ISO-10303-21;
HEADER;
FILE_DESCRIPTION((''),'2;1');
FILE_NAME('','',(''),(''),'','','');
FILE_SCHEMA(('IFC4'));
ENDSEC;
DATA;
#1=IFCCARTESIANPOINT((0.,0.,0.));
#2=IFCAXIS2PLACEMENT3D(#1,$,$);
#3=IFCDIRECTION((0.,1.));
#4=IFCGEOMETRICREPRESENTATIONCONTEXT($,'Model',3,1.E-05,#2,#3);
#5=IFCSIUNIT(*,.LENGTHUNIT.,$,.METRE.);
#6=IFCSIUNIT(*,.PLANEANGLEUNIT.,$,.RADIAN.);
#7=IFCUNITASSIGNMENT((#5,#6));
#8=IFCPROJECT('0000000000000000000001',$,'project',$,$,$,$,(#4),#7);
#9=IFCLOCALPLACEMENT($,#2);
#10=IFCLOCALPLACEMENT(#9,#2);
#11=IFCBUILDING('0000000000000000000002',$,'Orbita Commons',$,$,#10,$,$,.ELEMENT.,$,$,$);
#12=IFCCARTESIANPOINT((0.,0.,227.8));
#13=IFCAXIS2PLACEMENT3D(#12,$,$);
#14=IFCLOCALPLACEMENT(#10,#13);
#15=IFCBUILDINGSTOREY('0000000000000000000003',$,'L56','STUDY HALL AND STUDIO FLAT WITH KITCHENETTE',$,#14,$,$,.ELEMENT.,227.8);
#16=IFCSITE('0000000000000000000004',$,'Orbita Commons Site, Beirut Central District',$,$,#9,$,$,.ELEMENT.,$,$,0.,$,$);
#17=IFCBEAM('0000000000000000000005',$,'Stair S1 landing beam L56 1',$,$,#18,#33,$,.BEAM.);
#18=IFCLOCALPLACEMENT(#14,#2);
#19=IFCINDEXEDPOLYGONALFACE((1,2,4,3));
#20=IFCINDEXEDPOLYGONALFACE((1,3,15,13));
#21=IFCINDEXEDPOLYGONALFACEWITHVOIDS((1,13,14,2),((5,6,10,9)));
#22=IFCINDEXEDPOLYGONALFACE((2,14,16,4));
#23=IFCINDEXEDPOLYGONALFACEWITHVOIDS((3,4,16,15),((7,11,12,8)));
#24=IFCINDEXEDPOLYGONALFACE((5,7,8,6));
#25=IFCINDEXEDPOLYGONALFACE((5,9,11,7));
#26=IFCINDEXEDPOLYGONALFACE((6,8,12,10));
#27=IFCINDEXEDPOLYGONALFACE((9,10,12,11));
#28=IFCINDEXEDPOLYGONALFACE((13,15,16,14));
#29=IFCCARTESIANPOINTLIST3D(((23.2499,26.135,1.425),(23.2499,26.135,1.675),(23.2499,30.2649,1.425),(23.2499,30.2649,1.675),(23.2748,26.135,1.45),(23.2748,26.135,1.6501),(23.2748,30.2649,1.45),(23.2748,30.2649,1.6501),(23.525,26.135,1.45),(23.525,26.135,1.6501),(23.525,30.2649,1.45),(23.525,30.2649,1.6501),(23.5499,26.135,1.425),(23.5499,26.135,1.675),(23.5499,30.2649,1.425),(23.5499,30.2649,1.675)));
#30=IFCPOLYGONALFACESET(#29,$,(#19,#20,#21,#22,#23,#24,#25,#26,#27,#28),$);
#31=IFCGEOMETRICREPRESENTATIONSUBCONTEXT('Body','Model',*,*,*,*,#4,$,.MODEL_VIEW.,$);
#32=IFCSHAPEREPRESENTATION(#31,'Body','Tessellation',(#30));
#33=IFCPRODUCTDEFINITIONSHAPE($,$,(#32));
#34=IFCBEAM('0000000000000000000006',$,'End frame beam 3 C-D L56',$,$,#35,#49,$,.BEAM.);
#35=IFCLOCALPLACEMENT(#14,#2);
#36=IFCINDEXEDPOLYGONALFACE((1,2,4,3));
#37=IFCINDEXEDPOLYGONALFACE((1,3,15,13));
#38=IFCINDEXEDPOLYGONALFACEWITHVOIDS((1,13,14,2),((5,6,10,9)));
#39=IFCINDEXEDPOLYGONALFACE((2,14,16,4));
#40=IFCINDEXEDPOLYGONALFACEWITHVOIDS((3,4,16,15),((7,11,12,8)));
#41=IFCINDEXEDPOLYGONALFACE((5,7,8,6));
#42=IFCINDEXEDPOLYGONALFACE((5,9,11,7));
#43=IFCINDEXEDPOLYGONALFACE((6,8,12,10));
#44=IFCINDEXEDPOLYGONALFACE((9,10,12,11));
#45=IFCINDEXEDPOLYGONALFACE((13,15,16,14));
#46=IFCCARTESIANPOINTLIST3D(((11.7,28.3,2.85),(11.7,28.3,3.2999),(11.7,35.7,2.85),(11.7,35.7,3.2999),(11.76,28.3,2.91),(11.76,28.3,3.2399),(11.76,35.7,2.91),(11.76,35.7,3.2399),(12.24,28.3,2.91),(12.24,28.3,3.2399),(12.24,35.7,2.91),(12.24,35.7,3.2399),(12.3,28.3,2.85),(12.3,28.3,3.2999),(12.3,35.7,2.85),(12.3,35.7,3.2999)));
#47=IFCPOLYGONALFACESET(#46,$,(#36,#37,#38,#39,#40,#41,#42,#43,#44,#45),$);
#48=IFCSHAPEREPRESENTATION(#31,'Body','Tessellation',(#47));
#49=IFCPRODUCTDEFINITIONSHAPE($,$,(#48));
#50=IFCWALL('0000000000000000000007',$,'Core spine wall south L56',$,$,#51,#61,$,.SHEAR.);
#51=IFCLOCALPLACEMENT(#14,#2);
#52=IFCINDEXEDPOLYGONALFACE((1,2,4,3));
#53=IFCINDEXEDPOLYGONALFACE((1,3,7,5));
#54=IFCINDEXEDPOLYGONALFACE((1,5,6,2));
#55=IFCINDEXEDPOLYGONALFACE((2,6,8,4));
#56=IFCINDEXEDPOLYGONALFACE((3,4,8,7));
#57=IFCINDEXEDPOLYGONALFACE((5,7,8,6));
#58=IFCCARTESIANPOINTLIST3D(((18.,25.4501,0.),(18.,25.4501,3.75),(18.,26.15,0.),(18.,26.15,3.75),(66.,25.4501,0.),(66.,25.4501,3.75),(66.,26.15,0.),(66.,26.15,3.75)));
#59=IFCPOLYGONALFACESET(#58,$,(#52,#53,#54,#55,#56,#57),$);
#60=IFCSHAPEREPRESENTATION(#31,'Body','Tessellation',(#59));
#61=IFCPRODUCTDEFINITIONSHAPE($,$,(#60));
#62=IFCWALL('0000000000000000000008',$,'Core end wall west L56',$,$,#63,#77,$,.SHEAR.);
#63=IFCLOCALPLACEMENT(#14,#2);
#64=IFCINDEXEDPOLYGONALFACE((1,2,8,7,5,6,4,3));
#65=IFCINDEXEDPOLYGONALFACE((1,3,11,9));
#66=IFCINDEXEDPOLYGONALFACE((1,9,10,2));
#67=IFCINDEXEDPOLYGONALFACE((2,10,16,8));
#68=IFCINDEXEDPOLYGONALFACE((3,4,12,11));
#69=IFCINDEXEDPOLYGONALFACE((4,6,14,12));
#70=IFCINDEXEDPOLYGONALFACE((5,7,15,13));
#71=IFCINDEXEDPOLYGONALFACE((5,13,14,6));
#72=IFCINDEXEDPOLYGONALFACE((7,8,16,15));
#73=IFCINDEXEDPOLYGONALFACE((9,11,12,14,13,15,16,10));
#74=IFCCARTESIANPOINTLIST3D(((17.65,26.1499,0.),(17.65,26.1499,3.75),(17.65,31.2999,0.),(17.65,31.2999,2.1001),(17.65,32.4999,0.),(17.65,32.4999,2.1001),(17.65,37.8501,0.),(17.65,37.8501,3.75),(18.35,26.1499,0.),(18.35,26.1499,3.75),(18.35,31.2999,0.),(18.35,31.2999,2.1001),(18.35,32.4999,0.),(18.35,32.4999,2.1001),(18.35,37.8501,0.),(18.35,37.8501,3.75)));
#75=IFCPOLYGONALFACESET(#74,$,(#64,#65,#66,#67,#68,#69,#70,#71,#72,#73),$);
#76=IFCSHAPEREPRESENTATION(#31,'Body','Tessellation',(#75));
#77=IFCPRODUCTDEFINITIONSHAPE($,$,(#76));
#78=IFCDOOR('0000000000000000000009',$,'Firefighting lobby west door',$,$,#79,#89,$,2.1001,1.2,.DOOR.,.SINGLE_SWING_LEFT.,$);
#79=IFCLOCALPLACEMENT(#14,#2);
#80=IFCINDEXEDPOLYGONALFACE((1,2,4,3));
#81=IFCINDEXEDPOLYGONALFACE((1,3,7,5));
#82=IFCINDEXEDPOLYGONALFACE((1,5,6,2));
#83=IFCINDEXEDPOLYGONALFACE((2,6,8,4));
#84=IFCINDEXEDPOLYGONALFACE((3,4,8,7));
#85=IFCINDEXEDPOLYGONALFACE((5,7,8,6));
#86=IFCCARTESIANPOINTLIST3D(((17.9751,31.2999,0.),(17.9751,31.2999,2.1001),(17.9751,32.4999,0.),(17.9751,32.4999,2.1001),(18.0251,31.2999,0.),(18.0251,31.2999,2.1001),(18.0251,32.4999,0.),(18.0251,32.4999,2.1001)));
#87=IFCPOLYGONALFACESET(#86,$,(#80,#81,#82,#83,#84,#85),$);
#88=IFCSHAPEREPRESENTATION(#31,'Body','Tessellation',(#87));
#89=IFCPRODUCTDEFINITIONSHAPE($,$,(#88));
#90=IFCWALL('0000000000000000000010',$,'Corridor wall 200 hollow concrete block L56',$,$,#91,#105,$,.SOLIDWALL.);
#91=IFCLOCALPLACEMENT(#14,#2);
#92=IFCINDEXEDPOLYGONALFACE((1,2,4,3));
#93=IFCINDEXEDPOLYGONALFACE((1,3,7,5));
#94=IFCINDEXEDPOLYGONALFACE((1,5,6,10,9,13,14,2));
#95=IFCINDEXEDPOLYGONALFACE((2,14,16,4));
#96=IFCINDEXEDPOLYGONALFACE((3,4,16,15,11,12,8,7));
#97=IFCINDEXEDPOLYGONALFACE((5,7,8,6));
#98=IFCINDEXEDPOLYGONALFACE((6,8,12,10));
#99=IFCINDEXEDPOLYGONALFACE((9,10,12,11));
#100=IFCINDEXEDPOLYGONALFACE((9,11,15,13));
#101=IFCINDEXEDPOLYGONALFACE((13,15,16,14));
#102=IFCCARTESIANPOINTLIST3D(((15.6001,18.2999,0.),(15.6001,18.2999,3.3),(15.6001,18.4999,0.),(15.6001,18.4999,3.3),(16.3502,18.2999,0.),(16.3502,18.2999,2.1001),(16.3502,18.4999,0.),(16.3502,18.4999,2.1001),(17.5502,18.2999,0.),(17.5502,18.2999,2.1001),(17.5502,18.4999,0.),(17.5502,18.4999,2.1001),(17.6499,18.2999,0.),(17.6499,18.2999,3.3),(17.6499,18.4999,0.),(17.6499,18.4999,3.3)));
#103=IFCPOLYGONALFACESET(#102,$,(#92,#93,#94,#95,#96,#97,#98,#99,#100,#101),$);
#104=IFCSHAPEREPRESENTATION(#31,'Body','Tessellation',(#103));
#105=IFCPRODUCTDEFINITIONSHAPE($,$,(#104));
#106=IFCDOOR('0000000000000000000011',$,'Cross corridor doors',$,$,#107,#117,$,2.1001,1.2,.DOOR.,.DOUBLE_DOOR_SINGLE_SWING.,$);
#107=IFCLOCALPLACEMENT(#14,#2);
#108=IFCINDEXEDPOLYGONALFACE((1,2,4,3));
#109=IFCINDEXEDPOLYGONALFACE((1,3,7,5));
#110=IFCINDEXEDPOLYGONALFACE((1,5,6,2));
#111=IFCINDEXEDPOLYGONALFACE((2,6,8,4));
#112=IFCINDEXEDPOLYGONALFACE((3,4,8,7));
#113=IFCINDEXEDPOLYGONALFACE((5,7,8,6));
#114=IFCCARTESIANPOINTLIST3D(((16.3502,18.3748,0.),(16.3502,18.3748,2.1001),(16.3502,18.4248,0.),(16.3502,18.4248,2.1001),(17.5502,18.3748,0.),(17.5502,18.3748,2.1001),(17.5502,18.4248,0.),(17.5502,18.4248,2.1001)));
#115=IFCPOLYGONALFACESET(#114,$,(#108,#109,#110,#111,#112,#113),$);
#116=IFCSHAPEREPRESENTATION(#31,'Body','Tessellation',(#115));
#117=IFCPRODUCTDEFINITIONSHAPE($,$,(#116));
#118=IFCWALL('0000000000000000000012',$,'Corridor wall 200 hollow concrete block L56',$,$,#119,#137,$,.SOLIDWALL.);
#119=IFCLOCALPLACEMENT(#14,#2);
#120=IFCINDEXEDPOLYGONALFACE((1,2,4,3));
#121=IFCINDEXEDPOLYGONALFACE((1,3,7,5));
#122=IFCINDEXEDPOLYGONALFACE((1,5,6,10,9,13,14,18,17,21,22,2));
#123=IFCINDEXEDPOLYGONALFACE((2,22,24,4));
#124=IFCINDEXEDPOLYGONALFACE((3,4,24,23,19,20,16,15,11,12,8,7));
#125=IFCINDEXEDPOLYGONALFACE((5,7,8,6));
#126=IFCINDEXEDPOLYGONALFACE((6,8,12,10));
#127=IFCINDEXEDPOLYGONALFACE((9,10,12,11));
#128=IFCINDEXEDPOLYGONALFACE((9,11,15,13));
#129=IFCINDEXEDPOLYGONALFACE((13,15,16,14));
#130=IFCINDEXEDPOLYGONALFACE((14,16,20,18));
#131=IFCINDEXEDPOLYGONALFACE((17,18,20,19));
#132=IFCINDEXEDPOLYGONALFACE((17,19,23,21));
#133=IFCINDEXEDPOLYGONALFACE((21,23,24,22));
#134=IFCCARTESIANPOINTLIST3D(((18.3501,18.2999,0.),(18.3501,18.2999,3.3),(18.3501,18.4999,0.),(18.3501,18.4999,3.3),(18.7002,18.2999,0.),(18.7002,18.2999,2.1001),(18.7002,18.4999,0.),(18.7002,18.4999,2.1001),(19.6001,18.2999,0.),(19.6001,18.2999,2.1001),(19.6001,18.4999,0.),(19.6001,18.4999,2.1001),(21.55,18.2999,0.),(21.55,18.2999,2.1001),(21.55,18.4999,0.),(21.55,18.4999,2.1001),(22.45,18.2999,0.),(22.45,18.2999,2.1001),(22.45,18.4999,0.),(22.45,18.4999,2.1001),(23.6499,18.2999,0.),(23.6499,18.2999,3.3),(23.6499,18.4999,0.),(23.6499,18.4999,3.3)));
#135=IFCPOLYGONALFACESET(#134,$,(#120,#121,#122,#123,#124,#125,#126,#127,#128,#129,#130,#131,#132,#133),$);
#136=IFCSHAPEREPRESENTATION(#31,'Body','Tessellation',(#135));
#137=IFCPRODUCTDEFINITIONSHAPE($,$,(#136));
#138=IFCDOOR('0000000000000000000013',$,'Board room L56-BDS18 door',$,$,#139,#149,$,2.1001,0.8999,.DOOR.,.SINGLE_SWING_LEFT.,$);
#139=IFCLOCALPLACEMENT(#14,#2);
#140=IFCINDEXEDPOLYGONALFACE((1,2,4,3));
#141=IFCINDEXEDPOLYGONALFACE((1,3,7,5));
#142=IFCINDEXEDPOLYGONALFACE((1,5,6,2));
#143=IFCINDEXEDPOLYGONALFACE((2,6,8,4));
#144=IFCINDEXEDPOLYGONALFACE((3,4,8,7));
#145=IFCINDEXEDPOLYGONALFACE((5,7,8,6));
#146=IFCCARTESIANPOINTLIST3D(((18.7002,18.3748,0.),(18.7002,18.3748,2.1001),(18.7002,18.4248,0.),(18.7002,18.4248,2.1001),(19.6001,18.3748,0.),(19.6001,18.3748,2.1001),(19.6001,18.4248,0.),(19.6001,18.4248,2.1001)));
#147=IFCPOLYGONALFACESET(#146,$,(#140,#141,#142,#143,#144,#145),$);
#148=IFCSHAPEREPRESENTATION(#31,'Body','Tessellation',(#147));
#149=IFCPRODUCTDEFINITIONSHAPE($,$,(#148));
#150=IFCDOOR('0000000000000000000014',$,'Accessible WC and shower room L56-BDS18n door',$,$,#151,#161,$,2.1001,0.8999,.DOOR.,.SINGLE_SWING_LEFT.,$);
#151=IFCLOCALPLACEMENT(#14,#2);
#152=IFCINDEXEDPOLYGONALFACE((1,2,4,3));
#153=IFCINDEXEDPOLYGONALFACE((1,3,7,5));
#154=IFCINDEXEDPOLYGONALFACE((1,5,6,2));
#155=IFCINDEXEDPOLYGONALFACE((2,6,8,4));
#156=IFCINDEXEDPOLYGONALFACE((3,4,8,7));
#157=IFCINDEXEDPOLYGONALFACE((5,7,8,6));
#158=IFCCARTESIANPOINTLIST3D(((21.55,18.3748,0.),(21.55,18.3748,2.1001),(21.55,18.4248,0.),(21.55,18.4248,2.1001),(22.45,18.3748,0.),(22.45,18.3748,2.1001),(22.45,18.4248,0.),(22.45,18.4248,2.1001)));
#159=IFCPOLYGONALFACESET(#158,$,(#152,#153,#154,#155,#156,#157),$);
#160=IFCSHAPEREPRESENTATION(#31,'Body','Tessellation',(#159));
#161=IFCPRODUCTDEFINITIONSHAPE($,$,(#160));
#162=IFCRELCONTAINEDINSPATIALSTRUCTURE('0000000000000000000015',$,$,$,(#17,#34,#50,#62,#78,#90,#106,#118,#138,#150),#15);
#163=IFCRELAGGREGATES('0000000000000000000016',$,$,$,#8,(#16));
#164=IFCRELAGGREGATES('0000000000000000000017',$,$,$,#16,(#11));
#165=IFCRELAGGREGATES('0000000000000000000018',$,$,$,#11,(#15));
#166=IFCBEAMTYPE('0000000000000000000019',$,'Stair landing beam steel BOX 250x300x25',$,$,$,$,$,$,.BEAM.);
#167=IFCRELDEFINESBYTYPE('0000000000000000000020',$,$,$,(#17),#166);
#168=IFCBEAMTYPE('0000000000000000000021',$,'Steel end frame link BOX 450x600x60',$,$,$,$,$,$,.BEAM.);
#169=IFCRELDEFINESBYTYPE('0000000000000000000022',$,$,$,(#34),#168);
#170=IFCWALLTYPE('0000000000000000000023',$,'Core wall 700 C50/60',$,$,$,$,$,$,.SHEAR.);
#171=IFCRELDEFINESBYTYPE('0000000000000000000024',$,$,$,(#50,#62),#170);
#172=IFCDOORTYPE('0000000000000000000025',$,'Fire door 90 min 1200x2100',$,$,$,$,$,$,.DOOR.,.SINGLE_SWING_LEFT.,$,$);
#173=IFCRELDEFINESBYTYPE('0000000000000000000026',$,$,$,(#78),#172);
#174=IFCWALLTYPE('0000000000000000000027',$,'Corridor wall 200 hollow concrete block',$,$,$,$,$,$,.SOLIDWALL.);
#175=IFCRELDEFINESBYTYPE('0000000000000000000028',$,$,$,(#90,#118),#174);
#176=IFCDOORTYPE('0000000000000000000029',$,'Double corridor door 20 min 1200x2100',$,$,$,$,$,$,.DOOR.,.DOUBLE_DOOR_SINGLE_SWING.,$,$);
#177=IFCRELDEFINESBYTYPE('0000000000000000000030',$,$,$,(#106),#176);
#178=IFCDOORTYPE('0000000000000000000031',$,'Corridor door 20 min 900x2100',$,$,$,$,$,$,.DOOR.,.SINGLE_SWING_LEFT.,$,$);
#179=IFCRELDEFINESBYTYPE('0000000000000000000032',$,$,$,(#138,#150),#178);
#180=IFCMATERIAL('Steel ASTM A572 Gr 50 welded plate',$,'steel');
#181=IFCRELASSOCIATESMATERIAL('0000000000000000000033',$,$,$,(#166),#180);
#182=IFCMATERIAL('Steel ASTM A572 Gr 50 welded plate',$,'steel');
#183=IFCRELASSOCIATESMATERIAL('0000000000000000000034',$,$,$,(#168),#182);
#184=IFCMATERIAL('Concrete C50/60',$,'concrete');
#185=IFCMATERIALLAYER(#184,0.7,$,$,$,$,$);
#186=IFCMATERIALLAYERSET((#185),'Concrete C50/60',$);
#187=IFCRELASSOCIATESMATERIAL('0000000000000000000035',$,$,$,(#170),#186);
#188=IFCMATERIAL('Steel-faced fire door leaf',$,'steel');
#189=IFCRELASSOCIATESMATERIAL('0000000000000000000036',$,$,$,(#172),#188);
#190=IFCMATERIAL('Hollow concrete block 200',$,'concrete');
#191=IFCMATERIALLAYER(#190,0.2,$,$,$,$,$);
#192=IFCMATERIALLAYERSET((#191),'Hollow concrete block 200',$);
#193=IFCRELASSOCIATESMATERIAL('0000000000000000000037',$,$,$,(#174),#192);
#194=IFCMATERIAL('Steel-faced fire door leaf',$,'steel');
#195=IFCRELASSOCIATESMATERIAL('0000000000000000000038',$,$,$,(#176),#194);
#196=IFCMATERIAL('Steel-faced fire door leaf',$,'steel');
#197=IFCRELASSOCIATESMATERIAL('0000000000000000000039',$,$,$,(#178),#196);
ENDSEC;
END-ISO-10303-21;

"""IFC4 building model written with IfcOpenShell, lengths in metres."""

from ifc_helpers import new_model, si_unit, direction, frame, frame_2d, origin, origin_2d, place, context, subcontext, project, spatial, rectangle, hollow_rectangle, extrude, material, layer, layer_set, material_profile, profile_set, type_object, element, fill, save


model = new_model("IFC4")

# Units and contexts
model_context = context("Model", 3, precision=1e-05, world=origin(), true_north=direction((0.0, 1.0)))
body_context = subcontext(model_context, "Body", "Model", "MODEL_VIEW")
ifc_project = project(units=[si_unit("LENGTHUNIT", "METRE"), si_unit("PLANEANGLEUNIT", "RADIAN")], contexts=[model_context])

# Site, building, storey
site_placement = place(None, origin())
site = spatial("IfcSite", under=ifc_project, at=site_placement, Name="Orbita Commons Site, Beirut Central District", CompositionType="ELEMENT", RefElevation=0.0)
building_placement = place(site_placement, origin())
building = spatial("IfcBuilding", under=site, at=building_placement, Name="Orbita Commons", CompositionType="ELEMENT")
storey_placement = place(building_placement, frame((0.0, 0.0, 227.8)))
storey = spatial("IfcBuildingStorey", under=building, at=storey_placement, Name="L56", Description="STUDY HALL AND STUDIO FLAT WITH KITCHENETTE", CompositionType="ELEMENT", Elevation=227.8)

# Beams
ifc_material_1 = material(Name="Steel ASTM A572 Gr 50 welded plate", Category="steel")
ifc_material_profile_1 = material_profile(ifc_material_1, hollow_rectangle(XDim=0.3, YDim=0.25, WallThickness=0.0249, at=origin_2d()), Name="BOX 250x300x25")
ifc_profile_set_1 = profile_set([ifc_material_profile_1], Name="Steel ASTM A572 Gr 50 welded plate")
beam_type_1 = type_object("IfcBeamType", Name="Stair landing beam steel BOX 250x300x25", PredefinedType="BEAM", material=ifc_profile_set_1)
beam_1_placement = place(storey_placement, frame((23.3999, 26.135, 1.55), z_axis=(0.0, 1.0, 0.0), x_axis=(-1.0, 0.0, 0.0)))
element("IfcBeam", 1, at=beam_1_placement, inside=storey, type_object=beam_type_1, Name="Stair S1 landing beam L56 1", PredefinedType="BEAM", context=body_context, shape_type="SweptSolid", body=[
    extrude(hollow_rectangle(XDim=0.3, YDim=0.25, WallThickness=0.0249, at=origin_2d()), origin(), (0.0, 0.0, 1.0), 4.1299),
])
ifc_material_2 = material(Name="Steel ASTM A572 Gr 50 welded plate", Category="steel")
ifc_material_profile_2 = material_profile(ifc_material_2, hollow_rectangle(XDim=0.6001, YDim=0.45, WallThickness=0.0601, at=origin_2d()), Name="BOX 450x600x60")
ifc_profile_set_2 = profile_set([ifc_material_profile_2], Name="Steel ASTM A572 Gr 50 welded plate")
beam_type_2 = type_object("IfcBeamType", Name="Steel end frame link BOX 450x600x60", PredefinedType="BEAM", material=ifc_profile_set_2)
beam_2_placement = place(storey_placement, frame((12.0, 28.3, 3.075), z_axis=(0.0, 1.0, 0.0), x_axis=(-1.0, 0.0, 0.0)))
element("IfcBeam", 2, at=beam_2_placement, inside=storey, type_object=beam_type_2, Name="End frame beam 3 C-D L56", PredefinedType="BEAM", context=body_context, shape_type="SweptSolid", body=[
    extrude(hollow_rectangle(XDim=0.6001, YDim=0.45, WallThickness=0.0601, at=origin_2d()), origin(), (0.0, 0.0, 1.0), 7.3999),
])

# Wall
ifc_material_3 = material(Name="Concrete C50/60", Category="concrete")
ifc_layer_1 = layer(ifc_material_3, 0.7)
ifc_layer_set_1 = layer_set([ifc_layer_1], Name="Concrete C50/60")
wall_type_1 = type_object("IfcWallType", Name="Core wall 700 C50/60", PredefinedType="SHEAR", material=ifc_layer_set_1)
wall_1_placement = place(storey_placement, frame((18.0, 25.8, 0.0), z_axis=(0.0, 0.0, 1.0), x_axis=(1.0, 0.0, 0.0)))
element("IfcWall", 3, at=wall_1_placement, inside=storey, type_object=wall_type_1, Name="Core spine wall south L56", PredefinedType="SHEAR", context=body_context, shape_type="SweptSolid", body=[
    extrude(rectangle(XDim=48.0, YDim=0.7, at=frame_2d((24.0, 0.0))), origin(), (0.0, 0.0, 1.0), 3.75),
])

# Walls, openings, doors
wall_2_placement = place(storey_placement, frame((18.0, 26.1499, 0.0), z_axis=(0.0, 0.0, 1.0), x_axis=(0.0, 1.0, 0.0)))
wall_2 = element("IfcWall", 4, at=wall_2_placement, inside=storey, type_object=wall_type_1, Name="Core end wall west L56", PredefinedType="SHEAR", context=body_context, shape_type="SweptSolid", body=[
    extrude(rectangle(XDim=11.7002, YDim=0.7, at=frame_2d((5.8501, 0.0))), origin(), (0.0, 0.0, 1.0), 3.75),
])
opening_1_placement = place(wall_2_placement, frame((5.1499, 0.0, 0.0)))
opening_1 = element("IfcOpeningElement", 5, at=opening_1_placement, cuts=wall_2, PredefinedType="OPENING", context=body_context, shape_type="SweptSolid", body=[
    extrude(rectangle(XDim=1.2, YDim=2.1001, at=frame_2d((0.6001, 1.05))), frame((0.0, 0.3599, 0.0), z_axis=(0.0, -1.0, 0.0), x_axis=(1.0, 0.0, 0.0)), (0.0, 0.0, 1.0), 0.72),
])
ifc_material_4 = material(Name="Steel-faced fire door leaf", Category="steel")
door_type_1 = type_object("IfcDoorType", Name="Fire door 90 min 1200x2100", OperationType="SINGLE_SWING_LEFT", PredefinedType="DOOR", material=ifc_material_4)
door_1_placement = place(opening_1_placement, origin())
door_1 = element("IfcDoor", 6, at=door_1_placement, inside=storey, type_object=door_type_1, Name="Firefighting lobby west door", OperationType="SINGLE_SWING_LEFT", OverallHeight=2.1001, OverallWidth=1.2, PredefinedType="DOOR", context=body_context, shape_type="SweptSolid", body=[
    extrude(rectangle(XDim=1.2, YDim=2.1001, at=frame_2d((0.6001, 1.05))), frame((0.0, 0.0249, 0.0), z_axis=(0.0, -1.0, 0.0), x_axis=(1.0, 0.0, 0.0)), (0.0, 0.0, 1.0), 0.05),
])
fill(opening_1, door_1)
ifc_material_5 = material(Name="Hollow concrete block 200", Category="concrete")
ifc_layer_2 = layer(ifc_material_5, 0.2)
ifc_layer_set_2 = layer_set([ifc_layer_2], Name="Hollow concrete block 200")
wall_type_2 = type_object("IfcWallType", Name="Corridor wall 200 hollow concrete block", PredefinedType="SOLIDWALL", material=ifc_layer_set_2)
wall_3_placement = place(storey_placement, frame((15.6001, 18.3999, 0.0), z_axis=(0.0, 0.0, 1.0), x_axis=(1.0, 0.0, 0.0)))
wall_3 = element("IfcWall", 7, at=wall_3_placement, inside=storey, type_object=wall_type_2, Name="Corridor wall 200 hollow concrete block L56", PredefinedType="SOLIDWALL", context=body_context, shape_type="SweptSolid", body=[
    extrude(rectangle(XDim=2.0498, YDim=0.2, at=frame_2d((1.0249, 0.0))), origin(), (0.0, 0.0, 1.0), 3.3),
])
opening_2_placement = place(wall_3_placement, frame((0.75, 0.0, 0.0)))
opening_2 = element("IfcOpeningElement", 8, at=opening_2_placement, cuts=wall_3, PredefinedType="OPENING", context=body_context, shape_type="SweptSolid", body=[
    extrude(rectangle(XDim=1.2, YDim=2.1001, at=frame_2d((0.6001, 1.05))), frame((0.0, 0.1099, 0.0), z_axis=(0.0, -1.0, 0.0), x_axis=(1.0, 0.0, 0.0)), (0.0, 0.0, 1.0), 0.22),
])
ifc_material_6 = material(Name="Steel-faced fire door leaf", Category="steel")
door_type_2 = type_object("IfcDoorType", Name="Double corridor door 20 min 1200x2100", OperationType="DOUBLE_DOOR_SINGLE_SWING", PredefinedType="DOOR", material=ifc_material_6)
door_2_placement = place(opening_2_placement, origin())
door_2 = element("IfcDoor", 9, at=door_2_placement, inside=storey, type_object=door_type_2, Name="Cross corridor doors", OperationType="DOUBLE_DOOR_SINGLE_SWING", OverallHeight=2.1001, OverallWidth=1.2, PredefinedType="DOOR", context=body_context, shape_type="SweptSolid", body=[
    extrude(rectangle(XDim=1.2, YDim=2.1001, at=frame_2d((0.6001, 1.05))), frame((0.0, 0.0249, 0.0), z_axis=(0.0, -1.0, 0.0), x_axis=(1.0, 0.0, 0.0)), (0.0, 0.0, 1.0), 0.05),
])
fill(opening_2, door_2)

# Wall, openings, doors
wall_4_placement = place(storey_placement, frame((18.3501, 18.3999, 0.0), z_axis=(0.0, 0.0, 1.0), x_axis=(1.0, 0.0, 0.0)))
wall_4 = element("IfcWall", 10, at=wall_4_placement, inside=storey, type_object=wall_type_2, Name="Corridor wall 200 hollow concrete block L56", PredefinedType="SOLIDWALL", context=body_context, shape_type="SweptSolid", body=[
    extrude(rectangle(XDim=5.2998, YDim=0.2, at=frame_2d((2.6499, 0.0))), origin(), (0.0, 0.0, 1.0), 3.3),
])
opening_3_placement = place(wall_4_placement, frame((0.3501, 0.0, 0.0)))
opening_3 = element("IfcOpeningElement", 11, at=opening_3_placement, cuts=wall_4, PredefinedType="OPENING", context=body_context, shape_type="SweptSolid", body=[
    extrude(rectangle(XDim=0.8999, YDim=2.1001, at=frame_2d((0.45, 1.05))), frame((0.0, 0.1099, 0.0), z_axis=(0.0, -1.0, 0.0), x_axis=(1.0, 0.0, 0.0)), (0.0, 0.0, 1.0), 0.22),
])
opening_4_placement = place(wall_4_placement, frame((3.2, 0.0, 0.0)))
opening_4 = element("IfcOpeningElement", 12, at=opening_4_placement, cuts=wall_4, PredefinedType="OPENING", context=body_context, shape_type="SweptSolid", body=[
    extrude(rectangle(XDim=0.8999, YDim=2.1001, at=frame_2d((0.45, 1.05))), frame((0.0, 0.1099, 0.0), z_axis=(0.0, -1.0, 0.0), x_axis=(1.0, 0.0, 0.0)), (0.0, 0.0, 1.0), 0.22),
])
ifc_material_7 = material(Name="Steel-faced fire door leaf", Category="steel")
door_type_3 = type_object("IfcDoorType", Name="Corridor door 20 min 900x2100", OperationType="SINGLE_SWING_LEFT", PredefinedType="DOOR", material=ifc_material_7)
door_3_placement = place(opening_3_placement, origin())
door_3 = element("IfcDoor", 13, at=door_3_placement, inside=storey, type_object=door_type_3, Name="Board room L56-BDS18 door", OperationType="SINGLE_SWING_LEFT", OverallHeight=2.1001, OverallWidth=0.8999, PredefinedType="DOOR", context=body_context, shape_type="SweptSolid", body=[
    extrude(rectangle(XDim=0.8999, YDim=2.1001, at=frame_2d((0.45, 1.05))), frame((0.0, 0.0249, 0.0), z_axis=(0.0, -1.0, 0.0), x_axis=(1.0, 0.0, 0.0)), (0.0, 0.0, 1.0), 0.05),
])
fill(opening_3, door_3)
door_4_placement = place(opening_4_placement, origin())
door_4 = element("IfcDoor", 14, at=door_4_placement, inside=storey, type_object=door_type_3, Name="Accessible WC and shower room L56-BDS18n door", OperationType="SINGLE_SWING_LEFT", OverallHeight=2.1001, OverallWidth=0.8999, PredefinedType="DOOR", context=body_context, shape_type="SweptSolid", body=[
    extrude(rectangle(XDim=0.8999, YDim=2.1001, at=frame_2d((0.45, 1.05))), frame((0.0, 0.0249, 0.0), z_axis=(0.0, -1.0, 0.0), x_axis=(1.0, 0.0, 0.0)), (0.0, 0.0, 1.0), 0.05),
])
fill(opening_4, door_4)

save(model, "model.ifc")
